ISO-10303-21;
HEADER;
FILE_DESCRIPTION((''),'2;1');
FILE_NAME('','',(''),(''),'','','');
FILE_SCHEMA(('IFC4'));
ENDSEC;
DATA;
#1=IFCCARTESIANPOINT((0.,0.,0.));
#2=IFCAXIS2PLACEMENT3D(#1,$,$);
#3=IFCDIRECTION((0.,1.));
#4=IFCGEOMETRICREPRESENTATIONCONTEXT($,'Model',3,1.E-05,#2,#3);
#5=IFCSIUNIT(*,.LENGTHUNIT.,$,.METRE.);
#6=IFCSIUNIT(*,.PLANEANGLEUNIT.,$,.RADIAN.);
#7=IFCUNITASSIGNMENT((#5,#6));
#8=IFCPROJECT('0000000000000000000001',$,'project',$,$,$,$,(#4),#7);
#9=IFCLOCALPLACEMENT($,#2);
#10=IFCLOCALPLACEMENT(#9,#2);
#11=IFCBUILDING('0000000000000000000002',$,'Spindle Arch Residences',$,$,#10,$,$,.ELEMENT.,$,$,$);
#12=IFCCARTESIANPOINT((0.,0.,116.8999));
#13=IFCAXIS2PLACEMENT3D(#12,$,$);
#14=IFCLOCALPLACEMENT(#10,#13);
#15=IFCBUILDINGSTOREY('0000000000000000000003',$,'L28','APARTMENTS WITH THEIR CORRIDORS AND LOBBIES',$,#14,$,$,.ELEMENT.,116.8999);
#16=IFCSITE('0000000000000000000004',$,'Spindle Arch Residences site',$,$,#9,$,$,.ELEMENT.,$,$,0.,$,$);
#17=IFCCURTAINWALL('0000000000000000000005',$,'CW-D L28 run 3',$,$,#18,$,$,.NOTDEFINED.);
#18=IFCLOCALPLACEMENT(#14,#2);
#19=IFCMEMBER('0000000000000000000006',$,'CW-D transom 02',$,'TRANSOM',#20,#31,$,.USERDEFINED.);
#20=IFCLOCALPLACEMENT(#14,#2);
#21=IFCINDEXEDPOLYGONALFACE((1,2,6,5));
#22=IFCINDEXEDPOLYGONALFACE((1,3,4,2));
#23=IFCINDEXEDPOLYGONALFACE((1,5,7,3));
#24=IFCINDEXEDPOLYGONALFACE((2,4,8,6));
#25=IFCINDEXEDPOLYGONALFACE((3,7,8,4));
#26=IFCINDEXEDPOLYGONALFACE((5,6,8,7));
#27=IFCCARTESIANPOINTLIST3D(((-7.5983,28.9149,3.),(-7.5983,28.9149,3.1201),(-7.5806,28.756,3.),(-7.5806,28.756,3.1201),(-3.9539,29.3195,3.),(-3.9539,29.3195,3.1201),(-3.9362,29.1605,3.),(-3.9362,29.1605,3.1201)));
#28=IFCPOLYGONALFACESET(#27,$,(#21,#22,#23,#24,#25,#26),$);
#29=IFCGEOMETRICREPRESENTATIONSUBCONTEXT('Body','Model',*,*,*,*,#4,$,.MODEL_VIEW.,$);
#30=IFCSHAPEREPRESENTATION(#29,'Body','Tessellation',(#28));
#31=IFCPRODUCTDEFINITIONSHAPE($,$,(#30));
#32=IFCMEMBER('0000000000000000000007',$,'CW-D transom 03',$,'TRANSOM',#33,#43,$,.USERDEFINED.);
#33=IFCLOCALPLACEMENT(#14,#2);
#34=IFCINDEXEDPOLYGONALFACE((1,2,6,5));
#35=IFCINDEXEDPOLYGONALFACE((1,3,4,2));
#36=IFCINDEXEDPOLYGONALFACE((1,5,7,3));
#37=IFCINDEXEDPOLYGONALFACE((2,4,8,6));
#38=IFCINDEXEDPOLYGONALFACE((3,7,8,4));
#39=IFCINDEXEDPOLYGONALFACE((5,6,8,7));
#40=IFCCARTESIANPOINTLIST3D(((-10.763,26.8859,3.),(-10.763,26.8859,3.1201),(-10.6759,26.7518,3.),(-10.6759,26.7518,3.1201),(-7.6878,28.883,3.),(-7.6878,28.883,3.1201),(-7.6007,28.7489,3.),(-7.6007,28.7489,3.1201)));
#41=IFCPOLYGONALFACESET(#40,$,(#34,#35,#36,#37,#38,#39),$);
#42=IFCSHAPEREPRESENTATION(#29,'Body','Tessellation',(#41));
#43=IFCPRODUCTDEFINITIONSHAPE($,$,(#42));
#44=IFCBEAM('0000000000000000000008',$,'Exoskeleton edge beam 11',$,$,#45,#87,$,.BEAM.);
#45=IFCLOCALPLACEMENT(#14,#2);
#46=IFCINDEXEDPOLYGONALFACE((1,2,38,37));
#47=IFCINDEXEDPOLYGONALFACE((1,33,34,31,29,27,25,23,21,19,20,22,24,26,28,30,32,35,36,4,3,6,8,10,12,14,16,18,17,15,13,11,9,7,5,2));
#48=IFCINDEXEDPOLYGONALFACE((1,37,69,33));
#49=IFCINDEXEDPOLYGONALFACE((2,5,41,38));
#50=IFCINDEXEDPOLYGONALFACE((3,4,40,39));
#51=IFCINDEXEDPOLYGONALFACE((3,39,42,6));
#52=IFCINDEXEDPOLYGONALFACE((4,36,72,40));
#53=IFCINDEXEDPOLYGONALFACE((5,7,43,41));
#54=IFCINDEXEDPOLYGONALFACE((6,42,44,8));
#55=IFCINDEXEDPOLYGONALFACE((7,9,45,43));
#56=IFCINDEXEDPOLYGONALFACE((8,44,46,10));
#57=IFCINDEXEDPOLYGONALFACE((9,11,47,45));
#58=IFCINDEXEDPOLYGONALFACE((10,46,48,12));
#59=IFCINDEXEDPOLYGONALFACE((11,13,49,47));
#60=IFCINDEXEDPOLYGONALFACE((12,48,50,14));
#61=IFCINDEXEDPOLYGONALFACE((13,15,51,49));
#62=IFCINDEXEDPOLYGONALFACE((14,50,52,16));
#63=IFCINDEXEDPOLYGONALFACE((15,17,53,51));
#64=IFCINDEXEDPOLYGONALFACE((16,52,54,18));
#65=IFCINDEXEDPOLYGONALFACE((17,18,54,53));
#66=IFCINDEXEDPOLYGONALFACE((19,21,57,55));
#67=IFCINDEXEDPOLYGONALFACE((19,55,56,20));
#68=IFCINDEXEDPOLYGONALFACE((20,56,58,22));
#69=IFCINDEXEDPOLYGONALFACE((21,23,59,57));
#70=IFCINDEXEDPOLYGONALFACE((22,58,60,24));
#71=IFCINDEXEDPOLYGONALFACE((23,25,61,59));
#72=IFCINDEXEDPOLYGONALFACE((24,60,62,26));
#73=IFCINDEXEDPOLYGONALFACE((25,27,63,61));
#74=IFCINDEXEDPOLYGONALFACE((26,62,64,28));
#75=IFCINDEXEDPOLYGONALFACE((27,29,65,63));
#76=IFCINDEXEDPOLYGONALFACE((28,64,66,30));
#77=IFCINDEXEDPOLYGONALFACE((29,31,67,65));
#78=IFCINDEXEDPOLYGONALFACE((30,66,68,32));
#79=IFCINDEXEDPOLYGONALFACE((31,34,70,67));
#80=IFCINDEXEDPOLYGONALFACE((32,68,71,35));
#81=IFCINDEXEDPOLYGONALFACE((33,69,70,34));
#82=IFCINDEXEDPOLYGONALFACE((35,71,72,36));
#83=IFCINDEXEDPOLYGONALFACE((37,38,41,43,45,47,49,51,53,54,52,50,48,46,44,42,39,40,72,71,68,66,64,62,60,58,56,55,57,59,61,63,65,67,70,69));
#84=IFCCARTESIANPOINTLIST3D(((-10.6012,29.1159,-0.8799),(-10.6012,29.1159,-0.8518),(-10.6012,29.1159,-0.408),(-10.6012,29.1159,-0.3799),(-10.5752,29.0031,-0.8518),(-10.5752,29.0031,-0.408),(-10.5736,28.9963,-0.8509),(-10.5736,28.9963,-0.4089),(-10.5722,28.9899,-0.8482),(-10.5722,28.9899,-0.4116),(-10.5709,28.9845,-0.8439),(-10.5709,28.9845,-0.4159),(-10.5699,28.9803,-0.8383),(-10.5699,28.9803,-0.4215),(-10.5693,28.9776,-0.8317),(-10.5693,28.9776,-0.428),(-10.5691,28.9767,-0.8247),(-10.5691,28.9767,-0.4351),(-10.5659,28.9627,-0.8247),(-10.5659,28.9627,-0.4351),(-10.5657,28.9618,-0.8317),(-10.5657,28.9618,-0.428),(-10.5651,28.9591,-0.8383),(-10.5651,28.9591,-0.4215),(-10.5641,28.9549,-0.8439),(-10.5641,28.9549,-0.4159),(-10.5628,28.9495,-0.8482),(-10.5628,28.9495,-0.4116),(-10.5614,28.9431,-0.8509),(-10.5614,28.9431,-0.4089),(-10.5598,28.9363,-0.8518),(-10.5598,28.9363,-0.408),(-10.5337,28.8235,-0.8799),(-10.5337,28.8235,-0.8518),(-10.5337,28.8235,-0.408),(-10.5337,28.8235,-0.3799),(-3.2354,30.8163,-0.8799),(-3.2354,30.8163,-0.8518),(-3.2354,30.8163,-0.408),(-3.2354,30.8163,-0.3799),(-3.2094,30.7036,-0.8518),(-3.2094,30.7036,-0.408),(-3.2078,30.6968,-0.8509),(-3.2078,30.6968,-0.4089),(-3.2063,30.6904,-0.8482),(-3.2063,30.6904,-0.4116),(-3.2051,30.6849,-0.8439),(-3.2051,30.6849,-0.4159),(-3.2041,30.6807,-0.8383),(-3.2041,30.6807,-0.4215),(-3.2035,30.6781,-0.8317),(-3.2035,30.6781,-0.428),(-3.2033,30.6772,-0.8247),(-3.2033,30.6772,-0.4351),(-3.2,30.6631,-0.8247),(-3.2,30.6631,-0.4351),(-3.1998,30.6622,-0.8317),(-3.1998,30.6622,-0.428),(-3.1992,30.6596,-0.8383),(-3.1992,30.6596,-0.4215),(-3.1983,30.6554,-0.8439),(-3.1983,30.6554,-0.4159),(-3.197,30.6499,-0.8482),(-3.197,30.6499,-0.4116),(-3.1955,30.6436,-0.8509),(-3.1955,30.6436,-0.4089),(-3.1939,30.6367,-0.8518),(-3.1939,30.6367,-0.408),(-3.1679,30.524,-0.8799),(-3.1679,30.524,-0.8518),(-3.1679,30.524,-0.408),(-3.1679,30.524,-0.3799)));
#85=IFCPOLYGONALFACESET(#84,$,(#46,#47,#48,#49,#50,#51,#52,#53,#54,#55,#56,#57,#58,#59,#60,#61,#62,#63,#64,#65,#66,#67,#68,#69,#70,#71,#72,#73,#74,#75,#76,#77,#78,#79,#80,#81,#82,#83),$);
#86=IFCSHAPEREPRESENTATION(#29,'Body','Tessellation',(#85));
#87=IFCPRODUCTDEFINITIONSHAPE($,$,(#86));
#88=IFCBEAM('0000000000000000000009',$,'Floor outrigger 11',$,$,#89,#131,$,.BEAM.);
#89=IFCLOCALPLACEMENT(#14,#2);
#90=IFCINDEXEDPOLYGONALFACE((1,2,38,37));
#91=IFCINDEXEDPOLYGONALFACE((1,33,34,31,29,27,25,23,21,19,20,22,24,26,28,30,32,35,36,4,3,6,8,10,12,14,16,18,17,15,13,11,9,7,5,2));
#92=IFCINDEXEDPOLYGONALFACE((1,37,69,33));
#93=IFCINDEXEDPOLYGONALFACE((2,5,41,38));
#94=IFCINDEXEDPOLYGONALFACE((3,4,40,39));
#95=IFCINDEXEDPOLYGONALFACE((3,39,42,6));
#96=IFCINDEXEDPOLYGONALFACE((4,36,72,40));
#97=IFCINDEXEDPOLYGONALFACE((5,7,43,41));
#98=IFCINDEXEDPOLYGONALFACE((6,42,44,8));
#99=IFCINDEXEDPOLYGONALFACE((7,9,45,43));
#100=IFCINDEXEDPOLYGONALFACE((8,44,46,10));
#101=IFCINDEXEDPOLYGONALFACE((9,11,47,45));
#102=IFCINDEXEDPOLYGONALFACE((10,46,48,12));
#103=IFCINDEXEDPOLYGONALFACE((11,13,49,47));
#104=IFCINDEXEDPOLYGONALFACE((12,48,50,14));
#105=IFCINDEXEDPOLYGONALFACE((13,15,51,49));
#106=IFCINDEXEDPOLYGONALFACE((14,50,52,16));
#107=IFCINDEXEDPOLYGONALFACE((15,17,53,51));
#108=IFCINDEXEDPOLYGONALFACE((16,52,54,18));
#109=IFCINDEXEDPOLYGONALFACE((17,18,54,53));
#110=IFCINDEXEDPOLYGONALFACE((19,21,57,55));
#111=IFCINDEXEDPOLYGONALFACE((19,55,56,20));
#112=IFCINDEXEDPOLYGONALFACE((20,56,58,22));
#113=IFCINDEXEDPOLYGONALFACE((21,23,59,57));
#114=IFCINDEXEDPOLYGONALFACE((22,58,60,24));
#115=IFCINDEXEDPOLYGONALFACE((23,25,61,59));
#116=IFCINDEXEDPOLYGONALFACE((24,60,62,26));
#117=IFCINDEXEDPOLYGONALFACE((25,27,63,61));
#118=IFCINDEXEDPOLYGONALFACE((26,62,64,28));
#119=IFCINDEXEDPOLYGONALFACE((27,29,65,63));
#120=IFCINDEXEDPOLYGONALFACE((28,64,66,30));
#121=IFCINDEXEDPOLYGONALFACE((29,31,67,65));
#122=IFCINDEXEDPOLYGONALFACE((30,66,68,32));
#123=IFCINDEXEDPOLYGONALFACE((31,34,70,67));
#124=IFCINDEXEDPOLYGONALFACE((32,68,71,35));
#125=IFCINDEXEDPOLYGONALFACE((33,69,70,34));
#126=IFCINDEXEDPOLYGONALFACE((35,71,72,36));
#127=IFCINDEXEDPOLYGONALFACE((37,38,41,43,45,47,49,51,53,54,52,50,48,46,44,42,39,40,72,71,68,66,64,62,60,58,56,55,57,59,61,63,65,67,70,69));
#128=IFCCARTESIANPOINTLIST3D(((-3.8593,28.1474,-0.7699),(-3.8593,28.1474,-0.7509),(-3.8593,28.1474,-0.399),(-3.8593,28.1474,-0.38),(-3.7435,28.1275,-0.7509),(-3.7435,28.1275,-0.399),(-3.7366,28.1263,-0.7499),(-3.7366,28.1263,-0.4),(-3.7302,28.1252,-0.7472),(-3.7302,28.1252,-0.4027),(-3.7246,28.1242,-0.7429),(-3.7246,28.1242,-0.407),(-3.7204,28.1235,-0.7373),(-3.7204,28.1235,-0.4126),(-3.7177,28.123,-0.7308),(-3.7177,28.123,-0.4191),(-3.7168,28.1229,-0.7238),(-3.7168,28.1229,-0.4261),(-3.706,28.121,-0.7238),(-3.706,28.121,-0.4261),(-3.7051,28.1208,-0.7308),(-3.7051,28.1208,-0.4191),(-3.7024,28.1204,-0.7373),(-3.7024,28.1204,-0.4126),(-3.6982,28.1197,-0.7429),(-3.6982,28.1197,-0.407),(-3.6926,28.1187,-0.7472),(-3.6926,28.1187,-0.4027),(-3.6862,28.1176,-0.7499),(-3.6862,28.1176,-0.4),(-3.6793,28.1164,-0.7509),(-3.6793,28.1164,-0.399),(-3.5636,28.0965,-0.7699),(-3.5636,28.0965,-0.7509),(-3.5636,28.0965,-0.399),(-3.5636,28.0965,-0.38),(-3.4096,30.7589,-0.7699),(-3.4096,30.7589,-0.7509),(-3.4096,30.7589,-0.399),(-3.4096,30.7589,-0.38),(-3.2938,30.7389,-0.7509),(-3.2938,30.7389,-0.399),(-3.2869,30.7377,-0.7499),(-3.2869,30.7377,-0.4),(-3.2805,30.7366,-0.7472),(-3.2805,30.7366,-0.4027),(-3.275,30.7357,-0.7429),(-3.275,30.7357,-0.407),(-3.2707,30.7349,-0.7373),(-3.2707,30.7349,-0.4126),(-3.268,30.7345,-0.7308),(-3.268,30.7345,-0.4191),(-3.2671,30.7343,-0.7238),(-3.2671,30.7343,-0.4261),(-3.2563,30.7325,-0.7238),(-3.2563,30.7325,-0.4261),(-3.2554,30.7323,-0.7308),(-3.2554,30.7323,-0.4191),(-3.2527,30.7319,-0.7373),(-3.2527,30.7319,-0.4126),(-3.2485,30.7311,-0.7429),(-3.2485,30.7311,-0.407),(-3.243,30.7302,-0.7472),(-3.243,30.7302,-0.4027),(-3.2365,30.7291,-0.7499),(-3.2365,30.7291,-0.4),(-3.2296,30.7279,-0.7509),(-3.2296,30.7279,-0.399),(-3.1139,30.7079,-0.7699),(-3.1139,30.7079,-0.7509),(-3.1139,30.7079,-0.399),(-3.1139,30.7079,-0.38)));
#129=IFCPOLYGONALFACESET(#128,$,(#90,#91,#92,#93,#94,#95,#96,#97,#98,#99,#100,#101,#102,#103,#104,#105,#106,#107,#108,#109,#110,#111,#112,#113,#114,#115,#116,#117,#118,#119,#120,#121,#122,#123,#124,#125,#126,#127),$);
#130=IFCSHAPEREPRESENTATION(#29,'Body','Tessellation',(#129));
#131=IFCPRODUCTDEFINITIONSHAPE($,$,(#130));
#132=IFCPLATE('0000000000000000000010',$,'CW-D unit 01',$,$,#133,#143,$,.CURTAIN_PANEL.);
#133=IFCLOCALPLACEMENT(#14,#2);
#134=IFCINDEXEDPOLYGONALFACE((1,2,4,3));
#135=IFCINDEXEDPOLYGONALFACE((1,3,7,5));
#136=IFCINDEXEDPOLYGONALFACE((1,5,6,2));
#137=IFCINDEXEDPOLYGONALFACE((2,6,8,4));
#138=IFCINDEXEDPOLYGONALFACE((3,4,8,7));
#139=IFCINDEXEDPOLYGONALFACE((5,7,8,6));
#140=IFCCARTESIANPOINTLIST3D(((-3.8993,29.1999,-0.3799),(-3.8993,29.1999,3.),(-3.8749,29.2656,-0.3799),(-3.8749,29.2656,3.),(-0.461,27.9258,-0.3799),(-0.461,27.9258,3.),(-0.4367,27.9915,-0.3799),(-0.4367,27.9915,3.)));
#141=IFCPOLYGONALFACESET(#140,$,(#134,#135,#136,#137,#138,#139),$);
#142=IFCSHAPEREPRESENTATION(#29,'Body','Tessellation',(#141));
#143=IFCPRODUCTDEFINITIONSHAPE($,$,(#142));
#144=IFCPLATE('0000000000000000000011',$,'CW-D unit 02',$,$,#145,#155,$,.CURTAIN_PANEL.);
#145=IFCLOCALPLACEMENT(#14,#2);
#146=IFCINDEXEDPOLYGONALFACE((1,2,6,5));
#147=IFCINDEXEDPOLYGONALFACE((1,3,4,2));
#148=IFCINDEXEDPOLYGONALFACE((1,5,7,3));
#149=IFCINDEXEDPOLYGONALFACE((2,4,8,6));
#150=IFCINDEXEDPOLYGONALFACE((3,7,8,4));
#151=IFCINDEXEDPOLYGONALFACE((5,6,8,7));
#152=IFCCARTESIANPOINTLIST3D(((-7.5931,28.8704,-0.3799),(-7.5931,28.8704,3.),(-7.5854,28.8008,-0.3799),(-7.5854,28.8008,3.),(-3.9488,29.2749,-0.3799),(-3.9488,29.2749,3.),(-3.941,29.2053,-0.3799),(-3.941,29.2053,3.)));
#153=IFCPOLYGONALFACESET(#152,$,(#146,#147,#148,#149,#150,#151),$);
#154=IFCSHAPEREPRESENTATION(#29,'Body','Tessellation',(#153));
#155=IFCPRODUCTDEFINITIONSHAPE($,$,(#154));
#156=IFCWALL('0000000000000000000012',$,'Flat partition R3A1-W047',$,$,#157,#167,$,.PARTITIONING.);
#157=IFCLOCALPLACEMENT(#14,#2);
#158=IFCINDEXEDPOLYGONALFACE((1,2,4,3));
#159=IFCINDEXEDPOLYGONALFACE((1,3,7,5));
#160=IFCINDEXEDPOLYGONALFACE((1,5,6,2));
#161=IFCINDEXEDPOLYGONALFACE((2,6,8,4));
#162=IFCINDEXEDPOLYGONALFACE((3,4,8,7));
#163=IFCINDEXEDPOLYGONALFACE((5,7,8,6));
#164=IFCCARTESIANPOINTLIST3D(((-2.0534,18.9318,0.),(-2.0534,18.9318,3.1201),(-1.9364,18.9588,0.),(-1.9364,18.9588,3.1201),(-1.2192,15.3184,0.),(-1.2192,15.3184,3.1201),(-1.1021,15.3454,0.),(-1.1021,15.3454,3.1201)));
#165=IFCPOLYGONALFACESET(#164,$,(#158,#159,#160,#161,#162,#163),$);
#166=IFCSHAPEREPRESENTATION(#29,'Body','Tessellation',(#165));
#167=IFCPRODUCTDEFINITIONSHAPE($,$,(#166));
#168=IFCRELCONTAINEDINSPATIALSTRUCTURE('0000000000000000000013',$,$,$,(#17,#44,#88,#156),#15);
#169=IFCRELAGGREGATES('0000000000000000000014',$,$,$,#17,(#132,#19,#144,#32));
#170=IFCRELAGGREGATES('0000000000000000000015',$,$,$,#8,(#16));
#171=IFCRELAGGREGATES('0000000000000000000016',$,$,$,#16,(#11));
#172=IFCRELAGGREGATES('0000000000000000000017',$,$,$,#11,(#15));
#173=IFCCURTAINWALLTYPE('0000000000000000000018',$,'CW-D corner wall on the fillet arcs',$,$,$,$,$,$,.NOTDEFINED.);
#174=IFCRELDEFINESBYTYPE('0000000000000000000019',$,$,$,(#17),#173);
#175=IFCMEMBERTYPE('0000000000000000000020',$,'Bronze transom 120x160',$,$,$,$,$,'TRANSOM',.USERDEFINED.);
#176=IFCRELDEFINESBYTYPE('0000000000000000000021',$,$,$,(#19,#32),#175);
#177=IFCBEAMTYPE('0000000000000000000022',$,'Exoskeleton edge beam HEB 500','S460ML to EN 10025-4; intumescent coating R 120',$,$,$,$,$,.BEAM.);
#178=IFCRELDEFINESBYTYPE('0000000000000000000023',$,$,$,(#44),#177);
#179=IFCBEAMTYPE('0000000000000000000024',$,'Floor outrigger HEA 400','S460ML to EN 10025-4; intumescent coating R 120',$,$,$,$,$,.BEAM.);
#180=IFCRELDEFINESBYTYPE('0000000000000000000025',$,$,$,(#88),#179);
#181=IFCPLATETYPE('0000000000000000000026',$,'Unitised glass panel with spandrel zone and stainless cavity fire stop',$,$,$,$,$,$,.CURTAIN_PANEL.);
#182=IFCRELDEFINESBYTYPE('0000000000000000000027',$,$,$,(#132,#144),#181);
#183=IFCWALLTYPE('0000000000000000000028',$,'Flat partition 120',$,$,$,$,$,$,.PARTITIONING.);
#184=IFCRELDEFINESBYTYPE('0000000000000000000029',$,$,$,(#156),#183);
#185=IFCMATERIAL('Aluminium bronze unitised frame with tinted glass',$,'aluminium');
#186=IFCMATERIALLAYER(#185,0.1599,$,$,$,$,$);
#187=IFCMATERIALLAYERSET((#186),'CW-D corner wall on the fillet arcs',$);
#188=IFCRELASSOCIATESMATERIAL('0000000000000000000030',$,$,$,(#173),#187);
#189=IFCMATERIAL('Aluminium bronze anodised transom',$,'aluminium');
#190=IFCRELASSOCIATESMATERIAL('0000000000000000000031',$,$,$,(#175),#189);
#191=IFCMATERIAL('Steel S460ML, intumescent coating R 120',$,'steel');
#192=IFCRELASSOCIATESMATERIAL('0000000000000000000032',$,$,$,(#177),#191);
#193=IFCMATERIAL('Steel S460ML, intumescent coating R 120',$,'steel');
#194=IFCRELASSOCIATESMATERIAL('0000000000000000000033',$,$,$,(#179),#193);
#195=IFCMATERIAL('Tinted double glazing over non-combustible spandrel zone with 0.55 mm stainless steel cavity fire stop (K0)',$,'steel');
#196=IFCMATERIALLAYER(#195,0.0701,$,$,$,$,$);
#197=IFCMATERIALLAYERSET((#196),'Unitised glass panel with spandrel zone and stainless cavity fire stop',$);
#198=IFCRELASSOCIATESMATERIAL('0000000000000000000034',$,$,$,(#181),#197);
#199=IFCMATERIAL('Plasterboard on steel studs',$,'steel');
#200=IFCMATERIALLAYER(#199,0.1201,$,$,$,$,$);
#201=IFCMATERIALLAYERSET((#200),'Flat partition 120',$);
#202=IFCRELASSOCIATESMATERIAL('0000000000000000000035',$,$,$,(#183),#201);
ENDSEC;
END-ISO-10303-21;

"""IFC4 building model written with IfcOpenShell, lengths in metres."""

from ifc_helpers import new_model, si_unit, direction, frame, frame_2d, origin, origin_2d, place, context, subcontext, project, spatial, rectangle, i_section, extrude, material, layer, layer_set, material_profile, profile_set, type_object, element, aggregate, save


model = new_model("IFC4")

# Units and contexts
model_context = context("Model", 3, precision=1e-05, world=origin(), true_north=direction((0.0, 1.0)))
body_context = subcontext(model_context, "Body", "Model", "MODEL_VIEW")
ifc_project = project(units=[si_unit("LENGTHUNIT", "METRE"), si_unit("PLANEANGLEUNIT", "RADIAN")], contexts=[model_context])

# Site, building, storey
site_placement = place(None, origin())
site = spatial("IfcSite", under=ifc_project, at=site_placement, Name="Spindle Arch Residences site", CompositionType="ELEMENT", RefElevation=0.0)
building_placement = place(site_placement, origin())
building = spatial("IfcBuilding", under=site, at=building_placement, Name="Spindle Arch Residences", CompositionType="ELEMENT")
storey_placement = place(building_placement, frame((0.0, 0.0, 116.8999)))
storey = spatial("IfcBuildingStorey", under=building, at=storey_placement, Name="L28", Description="APARTMENTS WITH THEIR CORRIDORS AND LOBBIES", CompositionType="ELEMENT", Elevation=116.8999)

# Curtain wall, members
ifc_material_1 = material(Name="Aluminium bronze unitised frame with tinted glass", Category="aluminium")
ifc_layer_1 = layer(ifc_material_1, 0.1599)
ifc_layer_set_1 = layer_set([ifc_layer_1], Name="CW-D corner wall on the fillet arcs")
curtain_wall_type = type_object("IfcCurtainWallType", Name="CW-D corner wall on the fillet arcs", PredefinedType="NOTDEFINED", material=ifc_layer_set_1)
curtain_wall_placement = place(storey_placement, origin())
curtain_wall = element("IfcCurtainWall", 1, at=curtain_wall_placement, inside=storey, type_object=curtain_wall_type, Name="CW-D L28 run 3", PredefinedType="NOTDEFINED")
ifc_material_2 = material(Name="Aluminium bronze anodised transom", Category="aluminium")
ifc_material_profile_1 = material_profile(ifc_material_2, rectangle(XDim=0.1599, YDim=0.1201, at=origin_2d()), Name="TR 120x160")
ifc_profile_set_1 = profile_set([ifc_material_profile_1], Name="Aluminium bronze anodised transom")
member_type_1 = type_object("IfcMemberType", Name="Bronze transom 120x160", ElementType="TRANSOM", PredefinedType="USERDEFINED", material=ifc_profile_set_1)
member_1_placement = place(storey_placement, frame((-3.9451, 29.24, 3.0601), z_axis=(-0.993895, -0.110329, 0.0), x_axis=(0.110329, -0.993895, 0.0)))
member_1 = element("IfcMember", 2, at=member_1_placement, type_object=member_type_1, Name="CW-D transom 02", ObjectType="TRANSOM", PredefinedType="USERDEFINED", context=body_context, shape_type="SweptSolid", body=[
    extrude(rectangle(XDim=0.1599, YDim=0.1201, at=origin_2d()), origin(), (0.0, 0.0, 1.0), 3.6667),
])
member_2_placement = place(storey_placement, frame((-7.6443, 28.8159, 3.0601), z_axis=(-0.838669, -0.544642, 0.0), x_axis=(0.544642, -0.838669, 0.0)))
member_2 = element("IfcMember", 3, at=member_2_placement, type_object=member_type_1, Name="CW-D transom 03", ObjectType="TRANSOM", PredefinedType="USERDEFINED", context=body_context, shape_type="SweptSolid", body=[
    extrude(rectangle(XDim=0.1599, YDim=0.1201, at=origin_2d()), origin(), (0.0, 0.0, 1.0), 3.6667),
])

# Beams
ifc_material_3 = material(Name="Steel S460ML, intumescent coating R 120", Category="steel")
ifc_material_profile_2 = material_profile(ifc_material_3, i_section(OverallWidth=0.3, OverallDepth=0.5, WebThickness=0.0144, FlangeThickness=0.0281, FilletRadius=0.0271, at=origin_2d()), Name="HEB 500")
ifc_profile_set_2 = profile_set([ifc_material_profile_2], Name="Steel S460ML, intumescent coating R 120")
beam_type_1 = type_object("IfcBeamType", Name="Exoskeleton edge beam HEB 500", Description="S460ML to EN 10025-4; intumescent coating R 120", PredefinedType="BEAM", material=ifc_profile_set_2)
beam_1_placement = place(storey_placement, frame((-3.2017, 30.6702, -0.6299), z_axis=(-0.974372, -0.224942, 0.0), x_axis=(0.224942, -0.974372, 0.0)))
element("IfcBeam", 4, at=beam_1_placement, inside=storey, type_object=beam_type_1, Name="Exoskeleton edge beam 11", PredefinedType="BEAM", context=body_context, shape_type="SweptSolid", body=[
    extrude(i_section(OverallWidth=0.3, OverallDepth=0.5, WebThickness=0.0144, FlangeThickness=0.0281, FilletRadius=0.0271, at=origin_2d()), origin(), (0.0, 0.0, 1.0), 7.5596),
])
ifc_material_4 = material(Name="Steel S460ML, intumescent coating R 120", Category="steel")
ifc_material_profile_3 = material_profile(ifc_material_4, i_section(OverallWidth=0.3, OverallDepth=0.3899, WebThickness=0.011, FlangeThickness=0.019, FilletRadius=0.0271, at=origin_2d()), Name="HEA 400")
ifc_profile_set_3 = profile_set([ifc_material_profile_3], Name="Steel S460ML, intumescent coating R 120")
beam_type_2 = type_object("IfcBeamType", Name="Floor outrigger HEA 400", Description="S460ML to EN 10025-4; intumescent coating R 120", PredefinedType="BEAM", material=ifc_profile_set_3)
beam_2_placement = place(storey_placement, frame((-3.2617, 30.7334, -0.575), z_axis=(-0.1697, -0.985496, 0.0), x_axis=(0.985496, -0.1697, 0.0)))
element("IfcBeam", 5, at=beam_2_placement, inside=storey, type_object=beam_type_2, Name="Floor outrigger 11", PredefinedType="BEAM", context=body_context, shape_type="SweptSolid", body=[
    extrude(i_section(OverallWidth=0.3, OverallDepth=0.3899, WebThickness=0.011, FlangeThickness=0.019, FilletRadius=0.0271, at=origin_2d()), origin(), (0.0, 0.0, 1.0), 2.6499),
])

# Plates
ifc_material_5 = material(Name="Tinted double glazing over non-combustible spandrel zone with 0.55 mm stainless steel cavity fire stop (K0)", Category="steel")
ifc_layer_2 = layer(ifc_material_5, 0.0701)
ifc_layer_set_2 = layer_set([ifc_layer_2], Name="Unitised glass panel with spandrel zone and stainless cavity fire stop")
plate_type = type_object("IfcPlateType", Name="Unitised glass panel with spandrel zone and stainless cavity fire stop", PredefinedType="CURTAIN_PANEL", material=ifc_layer_set_2)
plate_1_placement = place(storey_placement, frame((-2.168, 28.5957, -0.3799), z_axis=(0.0, 0.0, 1.0), x_axis=(-0.937687, 0.347481, 0.0)))
plate_1 = element("IfcPlate", 6, at=plate_1_placement, type_object=plate_type, Name="CW-D unit 01", PredefinedType="CURTAIN_PANEL", context=body_context, shape_type="SweptSolid", body=[
    extrude(rectangle(XDim=3.6667, YDim=0.0701, at=origin_2d()), origin(), (0.0, 0.0, 1.0), 3.3799),
])
plate_2_placement = place(storey_placement, frame((-5.7671, 29.0378, -0.3799), z_axis=(0.0, 0.0, 1.0), x_axis=(-0.993897, -0.110313, 0.0)))
plate_2 = element("IfcPlate", 7, at=plate_2_placement, type_object=plate_type, Name="CW-D unit 02", PredefinedType="CURTAIN_PANEL", context=body_context, shape_type="SweptSolid", body=[
    extrude(rectangle(XDim=3.6667, YDim=0.0701, at=origin_2d()), origin(), (0.0, 0.0, 1.0), 3.3799),
])
aggregate(curtain_wall, [plate_1, member_1, plate_2, member_2])

# Wall
ifc_material_6 = material(Name="Plasterboard on steel studs", Category="steel")
ifc_layer_3 = layer(ifc_material_6, 0.1201)
ifc_layer_set_3 = layer_set([ifc_layer_3], Name="Flat partition 120")
wall_type_1 = type_object("IfcWallType", Name="Flat partition 120", PredefinedType="PARTITIONING", material=ifc_layer_set_3)
wall_1_placement = place(storey_placement, frame((-1.9949, 18.9453, 0.0), z_axis=(0.0, 0.0, 1.0), x_axis=(0.224946, -0.974371, 0.0)))
element("IfcWall", 8, at=wall_1_placement, inside=storey, type_object=wall_type_1, Name="Flat partition R3A1-W047", PredefinedType="PARTITIONING", context=body_context, shape_type="SweptSolid", body=[
    extrude(rectangle(XDim=3.7085, YDim=0.1201, at=frame_2d((1.8542, 0.0))), origin(), (0.0, 0.0, 1.0), 3.1201),
])

save(model, "model.ifc")
